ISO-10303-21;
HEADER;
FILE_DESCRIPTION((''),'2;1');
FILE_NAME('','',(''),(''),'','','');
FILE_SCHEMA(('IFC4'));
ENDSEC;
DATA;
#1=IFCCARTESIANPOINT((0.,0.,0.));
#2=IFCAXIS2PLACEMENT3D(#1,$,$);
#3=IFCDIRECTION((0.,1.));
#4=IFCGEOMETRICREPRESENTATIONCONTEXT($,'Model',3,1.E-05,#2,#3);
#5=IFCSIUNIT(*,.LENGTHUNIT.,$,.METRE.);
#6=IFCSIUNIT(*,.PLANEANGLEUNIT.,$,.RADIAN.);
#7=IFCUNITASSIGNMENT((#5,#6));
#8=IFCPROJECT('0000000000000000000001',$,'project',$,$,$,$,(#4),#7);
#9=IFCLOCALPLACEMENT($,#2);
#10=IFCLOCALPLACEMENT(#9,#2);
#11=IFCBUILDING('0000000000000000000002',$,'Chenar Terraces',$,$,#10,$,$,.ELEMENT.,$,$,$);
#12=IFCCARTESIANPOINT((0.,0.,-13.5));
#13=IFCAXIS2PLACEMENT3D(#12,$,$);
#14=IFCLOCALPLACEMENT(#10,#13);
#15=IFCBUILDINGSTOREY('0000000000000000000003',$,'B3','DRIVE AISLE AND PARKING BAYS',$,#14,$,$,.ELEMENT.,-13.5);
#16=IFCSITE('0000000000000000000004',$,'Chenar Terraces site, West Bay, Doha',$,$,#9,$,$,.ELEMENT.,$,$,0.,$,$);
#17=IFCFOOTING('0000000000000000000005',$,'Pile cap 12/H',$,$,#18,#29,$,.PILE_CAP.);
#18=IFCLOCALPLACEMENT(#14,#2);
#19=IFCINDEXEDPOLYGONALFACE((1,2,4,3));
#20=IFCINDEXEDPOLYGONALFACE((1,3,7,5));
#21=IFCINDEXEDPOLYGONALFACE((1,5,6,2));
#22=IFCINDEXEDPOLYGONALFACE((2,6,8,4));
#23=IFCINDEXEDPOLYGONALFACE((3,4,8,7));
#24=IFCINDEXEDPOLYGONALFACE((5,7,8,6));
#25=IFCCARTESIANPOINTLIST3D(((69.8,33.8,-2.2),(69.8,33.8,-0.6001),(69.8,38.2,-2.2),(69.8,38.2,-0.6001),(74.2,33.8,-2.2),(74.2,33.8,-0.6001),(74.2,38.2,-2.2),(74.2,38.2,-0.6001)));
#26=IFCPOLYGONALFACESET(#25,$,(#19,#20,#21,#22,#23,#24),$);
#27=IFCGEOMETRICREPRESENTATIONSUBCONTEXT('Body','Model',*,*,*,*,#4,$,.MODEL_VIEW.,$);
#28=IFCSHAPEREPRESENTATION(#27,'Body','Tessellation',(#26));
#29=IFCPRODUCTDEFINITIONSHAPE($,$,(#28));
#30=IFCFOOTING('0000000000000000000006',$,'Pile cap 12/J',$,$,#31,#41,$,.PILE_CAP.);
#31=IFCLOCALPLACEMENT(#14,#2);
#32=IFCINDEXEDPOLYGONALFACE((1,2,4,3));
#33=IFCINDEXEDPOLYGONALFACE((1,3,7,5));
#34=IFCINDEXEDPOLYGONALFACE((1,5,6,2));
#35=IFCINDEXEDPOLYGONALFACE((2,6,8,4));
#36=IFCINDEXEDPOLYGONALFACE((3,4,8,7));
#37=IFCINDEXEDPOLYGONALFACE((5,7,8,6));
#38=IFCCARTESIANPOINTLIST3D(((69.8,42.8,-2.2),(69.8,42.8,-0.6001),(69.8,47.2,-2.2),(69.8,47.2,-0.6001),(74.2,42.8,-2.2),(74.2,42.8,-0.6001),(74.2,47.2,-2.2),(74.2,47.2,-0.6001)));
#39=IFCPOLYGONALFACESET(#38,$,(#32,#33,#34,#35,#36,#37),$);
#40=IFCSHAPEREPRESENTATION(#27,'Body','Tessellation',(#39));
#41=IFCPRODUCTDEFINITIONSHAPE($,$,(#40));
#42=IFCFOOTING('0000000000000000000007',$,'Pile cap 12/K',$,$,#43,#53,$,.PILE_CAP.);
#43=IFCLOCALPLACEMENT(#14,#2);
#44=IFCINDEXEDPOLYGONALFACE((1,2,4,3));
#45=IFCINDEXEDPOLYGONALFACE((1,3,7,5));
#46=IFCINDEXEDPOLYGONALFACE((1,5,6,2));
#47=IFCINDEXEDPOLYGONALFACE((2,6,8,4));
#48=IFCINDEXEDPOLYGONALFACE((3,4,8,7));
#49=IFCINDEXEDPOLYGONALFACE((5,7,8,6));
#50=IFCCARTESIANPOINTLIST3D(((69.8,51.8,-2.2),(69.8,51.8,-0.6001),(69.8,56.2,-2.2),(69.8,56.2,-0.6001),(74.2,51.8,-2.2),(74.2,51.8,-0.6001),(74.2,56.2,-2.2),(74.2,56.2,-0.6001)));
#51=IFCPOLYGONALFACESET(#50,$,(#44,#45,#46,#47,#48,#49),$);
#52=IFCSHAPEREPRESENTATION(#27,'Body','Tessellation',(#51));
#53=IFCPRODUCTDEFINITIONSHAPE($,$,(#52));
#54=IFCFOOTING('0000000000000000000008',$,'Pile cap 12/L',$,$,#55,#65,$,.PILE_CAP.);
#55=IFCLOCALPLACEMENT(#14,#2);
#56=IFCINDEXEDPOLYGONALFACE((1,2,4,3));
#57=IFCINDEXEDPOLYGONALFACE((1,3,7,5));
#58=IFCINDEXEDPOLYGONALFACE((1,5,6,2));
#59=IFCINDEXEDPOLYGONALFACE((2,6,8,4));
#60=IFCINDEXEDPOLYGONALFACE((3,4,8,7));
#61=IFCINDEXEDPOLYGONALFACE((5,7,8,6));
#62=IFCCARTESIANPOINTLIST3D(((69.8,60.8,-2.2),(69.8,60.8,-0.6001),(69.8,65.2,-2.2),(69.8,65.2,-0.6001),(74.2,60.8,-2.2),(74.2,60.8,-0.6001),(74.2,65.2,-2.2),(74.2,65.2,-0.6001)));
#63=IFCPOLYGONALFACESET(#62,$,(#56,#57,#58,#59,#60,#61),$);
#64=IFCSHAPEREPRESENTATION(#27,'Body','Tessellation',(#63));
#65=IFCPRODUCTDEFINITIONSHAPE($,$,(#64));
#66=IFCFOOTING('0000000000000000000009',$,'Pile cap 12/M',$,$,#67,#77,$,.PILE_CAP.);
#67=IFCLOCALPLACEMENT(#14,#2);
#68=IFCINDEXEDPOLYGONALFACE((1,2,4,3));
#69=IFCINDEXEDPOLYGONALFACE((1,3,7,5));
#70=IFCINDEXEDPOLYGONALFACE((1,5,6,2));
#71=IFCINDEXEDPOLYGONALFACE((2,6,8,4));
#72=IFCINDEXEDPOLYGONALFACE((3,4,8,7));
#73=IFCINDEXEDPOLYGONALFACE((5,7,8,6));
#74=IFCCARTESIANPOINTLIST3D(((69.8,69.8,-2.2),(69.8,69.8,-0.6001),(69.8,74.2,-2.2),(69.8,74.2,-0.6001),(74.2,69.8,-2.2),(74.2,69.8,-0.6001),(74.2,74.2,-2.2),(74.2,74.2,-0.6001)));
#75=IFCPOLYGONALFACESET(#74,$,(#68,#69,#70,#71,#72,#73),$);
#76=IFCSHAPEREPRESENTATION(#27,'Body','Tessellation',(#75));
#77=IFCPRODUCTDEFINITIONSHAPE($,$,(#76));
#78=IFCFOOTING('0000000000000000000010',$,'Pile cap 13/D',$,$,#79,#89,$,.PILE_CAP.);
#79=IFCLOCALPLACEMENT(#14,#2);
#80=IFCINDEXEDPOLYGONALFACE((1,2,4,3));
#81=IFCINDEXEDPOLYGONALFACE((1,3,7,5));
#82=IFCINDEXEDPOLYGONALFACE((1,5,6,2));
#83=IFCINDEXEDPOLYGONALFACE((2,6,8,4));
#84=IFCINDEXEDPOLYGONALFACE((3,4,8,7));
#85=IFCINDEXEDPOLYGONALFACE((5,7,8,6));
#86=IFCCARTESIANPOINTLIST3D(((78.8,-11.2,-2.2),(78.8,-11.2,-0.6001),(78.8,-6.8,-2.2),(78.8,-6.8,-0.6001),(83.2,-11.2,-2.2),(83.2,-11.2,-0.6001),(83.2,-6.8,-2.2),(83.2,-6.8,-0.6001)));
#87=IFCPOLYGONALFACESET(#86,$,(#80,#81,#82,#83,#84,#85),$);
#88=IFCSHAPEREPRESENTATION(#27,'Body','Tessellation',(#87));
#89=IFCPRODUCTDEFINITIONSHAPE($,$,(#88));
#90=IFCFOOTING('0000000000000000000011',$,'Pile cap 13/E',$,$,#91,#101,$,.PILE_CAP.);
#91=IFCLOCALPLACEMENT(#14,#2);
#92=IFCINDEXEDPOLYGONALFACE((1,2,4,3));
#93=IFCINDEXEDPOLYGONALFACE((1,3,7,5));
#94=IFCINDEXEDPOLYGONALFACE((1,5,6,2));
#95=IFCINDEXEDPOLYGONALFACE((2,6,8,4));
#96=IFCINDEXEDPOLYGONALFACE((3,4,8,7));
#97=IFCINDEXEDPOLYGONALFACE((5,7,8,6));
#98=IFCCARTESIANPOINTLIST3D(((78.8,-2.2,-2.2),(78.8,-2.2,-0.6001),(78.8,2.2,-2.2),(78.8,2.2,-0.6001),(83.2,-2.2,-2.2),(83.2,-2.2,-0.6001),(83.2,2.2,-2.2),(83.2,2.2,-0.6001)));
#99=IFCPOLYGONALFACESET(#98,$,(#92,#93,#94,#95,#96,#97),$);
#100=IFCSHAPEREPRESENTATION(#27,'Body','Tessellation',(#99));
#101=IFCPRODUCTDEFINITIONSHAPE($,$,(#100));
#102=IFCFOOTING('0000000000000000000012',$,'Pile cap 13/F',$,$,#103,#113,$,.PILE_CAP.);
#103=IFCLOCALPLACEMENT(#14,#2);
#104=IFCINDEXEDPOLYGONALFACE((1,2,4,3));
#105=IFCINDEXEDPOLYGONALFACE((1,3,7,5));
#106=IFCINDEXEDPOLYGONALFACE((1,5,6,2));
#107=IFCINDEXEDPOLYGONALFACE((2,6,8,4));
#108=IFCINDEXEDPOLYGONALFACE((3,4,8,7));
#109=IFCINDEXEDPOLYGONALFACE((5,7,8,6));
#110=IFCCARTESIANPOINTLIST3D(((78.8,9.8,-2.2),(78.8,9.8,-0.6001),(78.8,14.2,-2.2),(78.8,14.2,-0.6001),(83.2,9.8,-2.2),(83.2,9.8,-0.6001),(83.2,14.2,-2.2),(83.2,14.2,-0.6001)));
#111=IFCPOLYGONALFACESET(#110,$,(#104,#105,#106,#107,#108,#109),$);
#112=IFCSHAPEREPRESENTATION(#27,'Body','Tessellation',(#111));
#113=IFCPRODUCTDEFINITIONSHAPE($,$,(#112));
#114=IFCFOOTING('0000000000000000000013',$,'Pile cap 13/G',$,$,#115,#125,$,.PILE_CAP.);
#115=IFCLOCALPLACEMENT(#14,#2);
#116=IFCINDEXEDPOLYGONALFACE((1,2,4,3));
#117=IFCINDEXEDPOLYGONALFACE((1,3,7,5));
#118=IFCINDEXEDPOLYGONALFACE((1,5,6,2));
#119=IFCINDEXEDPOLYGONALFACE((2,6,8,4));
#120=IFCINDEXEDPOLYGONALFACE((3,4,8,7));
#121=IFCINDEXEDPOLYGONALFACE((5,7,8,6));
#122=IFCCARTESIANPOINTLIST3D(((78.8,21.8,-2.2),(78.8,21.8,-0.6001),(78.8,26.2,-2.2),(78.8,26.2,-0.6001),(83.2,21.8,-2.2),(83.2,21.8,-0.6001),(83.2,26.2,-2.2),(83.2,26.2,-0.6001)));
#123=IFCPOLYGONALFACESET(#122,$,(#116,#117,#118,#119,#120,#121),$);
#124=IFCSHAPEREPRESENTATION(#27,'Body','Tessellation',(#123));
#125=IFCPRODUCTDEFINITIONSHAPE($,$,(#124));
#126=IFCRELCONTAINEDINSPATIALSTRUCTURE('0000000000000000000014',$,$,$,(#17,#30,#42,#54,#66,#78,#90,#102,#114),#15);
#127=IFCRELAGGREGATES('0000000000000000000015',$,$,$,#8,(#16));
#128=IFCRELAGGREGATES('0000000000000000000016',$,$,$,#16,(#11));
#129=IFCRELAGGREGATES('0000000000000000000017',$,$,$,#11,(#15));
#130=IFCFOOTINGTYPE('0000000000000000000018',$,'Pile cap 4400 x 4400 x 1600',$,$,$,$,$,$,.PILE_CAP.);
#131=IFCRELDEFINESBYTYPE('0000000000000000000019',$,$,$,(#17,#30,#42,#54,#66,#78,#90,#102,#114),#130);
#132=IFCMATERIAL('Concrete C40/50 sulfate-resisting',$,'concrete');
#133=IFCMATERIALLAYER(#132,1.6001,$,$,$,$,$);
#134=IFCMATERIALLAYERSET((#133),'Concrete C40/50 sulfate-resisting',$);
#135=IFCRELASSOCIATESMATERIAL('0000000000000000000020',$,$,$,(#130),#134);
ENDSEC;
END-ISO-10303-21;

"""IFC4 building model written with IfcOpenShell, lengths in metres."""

from ifc_helpers import new_model, si_unit, direction, frame, origin, place, context, subcontext, project, spatial, polyline, outline, extrude, material, layer, layer_set, type_object, element, save


model = new_model("IFC4")

# Units and contexts
model_context = context("Model", 3, precision=1e-05, world=origin(), true_north=direction((0.0, 1.0)))
body_context = subcontext(model_context, "Body", "Model", "MODEL_VIEW")
ifc_project = project(units=[si_unit("LENGTHUNIT", "METRE"), si_unit("PLANEANGLEUNIT", "RADIAN")], contexts=[model_context])

# Site, building, storey
site_placement = place(None, origin())
site = spatial("IfcSite", under=ifc_project, at=site_placement, Name="Chenar Terraces site, West Bay, Doha", CompositionType="ELEMENT", RefElevation=0.0)
building_placement = place(site_placement, origin())
building = spatial("IfcBuilding", under=site, at=building_placement, Name="Chenar Terraces", CompositionType="ELEMENT")
storey_placement = place(building_placement, frame((0.0, 0.0, -13.5)))
storey = spatial("IfcBuildingStorey", under=building, at=storey_placement, Name="B3", Description="DRIVE AISLE AND PARKING BAYS", CompositionType="ELEMENT", Elevation=-13.5)

# Footings
ifc_material = material(Name="Concrete C40/50 sulfate-resisting", Category="concrete")
ifc_layer = layer(ifc_material, 1.6001)
ifc_layer_set = layer_set([ifc_layer], Name="Concrete C40/50 sulfate-resisting")
footing_type = type_object("IfcFootingType", Name="Pile cap 4400 x 4400 x 1600", PredefinedType="PILE_CAP", material=ifc_layer_set)
placement = place(storey_placement, frame((0.0, 0.0, -2.2)))
element("IfcFooting", 1, at=placement, inside=storey, type_object=footing_type, Name="Pile cap 12/H", PredefinedType="PILE_CAP", context=body_context, shape_type="SweptSolid", body=[
    extrude(outline(polyline([(74.2, 33.8), (74.2, 38.2), (69.8, 38.2), (69.8, 33.8), (74.2, 33.8)])), origin(), (0.0, 0.0, 1.0), 1.5999),
])
element("IfcFooting", 2, at=placement, inside=storey, type_object=footing_type, Name="Pile cap 12/J", PredefinedType="PILE_CAP", context=body_context, shape_type="SweptSolid", body=[
    extrude(outline(polyline([(74.2, 42.8), (74.2, 47.2), (69.8, 47.2), (69.8, 42.8), (74.2, 42.8)])), origin(), (0.0, 0.0, 1.0), 1.5999),
])
element("IfcFooting", 3, at=placement, inside=storey, type_object=footing_type, Name="Pile cap 12/K", PredefinedType="PILE_CAP", context=body_context, shape_type="SweptSolid", body=[
    extrude(outline(polyline([(74.2, 51.8), (74.2, 56.2), (69.8, 56.2), (69.8, 51.8), (74.2, 51.8)])), origin(), (0.0, 0.0, 1.0), 1.5999),
])
element("IfcFooting", 4, at=placement, inside=storey, type_object=footing_type, Name="Pile cap 12/L", PredefinedType="PILE_CAP", context=body_context, shape_type="SweptSolid", body=[
    extrude(outline(polyline([(74.2, 60.8), (74.2, 65.2), (69.8, 65.2), (69.8, 60.8), (74.2, 60.8)])), origin(), (0.0, 0.0, 1.0), 1.5999),
])
element("IfcFooting", 5, at=placement, inside=storey, type_object=footing_type, Name="Pile cap 12/M", PredefinedType="PILE_CAP", context=body_context, shape_type="SweptSolid", body=[
    extrude(outline(polyline([(74.2, 69.8), (74.2, 74.2), (69.8, 74.2), (69.8, 69.8), (74.2, 69.8)])), origin(), (0.0, 0.0, 1.0), 1.5999),
])
element("IfcFooting", 6, at=placement, inside=storey, type_object=footing_type, Name="Pile cap 13/D", PredefinedType="PILE_CAP", context=body_context, shape_type="SweptSolid", body=[
    extrude(outline(polyline([(83.2, -11.2), (83.2, -6.8), (78.8, -6.8), (78.8, -11.2), (83.2, -11.2)])), origin(), (0.0, 0.0, 1.0), 1.5999),
])
element("IfcFooting", 7, at=placement, inside=storey, type_object=footing_type, Name="Pile cap 13/E", PredefinedType="PILE_CAP", context=body_context, shape_type="SweptSolid", body=[
    extrude(outline(polyline([(83.2, -2.2), (83.2, 2.2), (78.8, 2.2), (78.8, -2.2), (83.2, -2.2)])), origin(), (0.0, 0.0, 1.0), 1.5999),
])
element("IfcFooting", 8, at=placement, inside=storey, type_object=footing_type, Name="Pile cap 13/F", PredefinedType="PILE_CAP", context=body_context, shape_type="SweptSolid", body=[
    extrude(outline(polyline([(83.2, 9.8), (83.2, 14.2), (78.8, 14.2), (78.8, 9.8), (83.2, 9.8)])), origin(), (0.0, 0.0, 1.0), 1.5999),
])
element("IfcFooting", 9, at=placement, inside=storey, type_object=footing_type, Name="Pile cap 13/G", PredefinedType="PILE_CAP", context=body_context, shape_type="SweptSolid", body=[
    extrude(outline(polyline([(83.2, 21.8), (83.2, 26.2), (78.8, 26.2), (78.8, 21.8), (83.2, 21.8)])), origin(), (0.0, 0.0, 1.0), 1.5999),
])

save(model, "model.ifc")
